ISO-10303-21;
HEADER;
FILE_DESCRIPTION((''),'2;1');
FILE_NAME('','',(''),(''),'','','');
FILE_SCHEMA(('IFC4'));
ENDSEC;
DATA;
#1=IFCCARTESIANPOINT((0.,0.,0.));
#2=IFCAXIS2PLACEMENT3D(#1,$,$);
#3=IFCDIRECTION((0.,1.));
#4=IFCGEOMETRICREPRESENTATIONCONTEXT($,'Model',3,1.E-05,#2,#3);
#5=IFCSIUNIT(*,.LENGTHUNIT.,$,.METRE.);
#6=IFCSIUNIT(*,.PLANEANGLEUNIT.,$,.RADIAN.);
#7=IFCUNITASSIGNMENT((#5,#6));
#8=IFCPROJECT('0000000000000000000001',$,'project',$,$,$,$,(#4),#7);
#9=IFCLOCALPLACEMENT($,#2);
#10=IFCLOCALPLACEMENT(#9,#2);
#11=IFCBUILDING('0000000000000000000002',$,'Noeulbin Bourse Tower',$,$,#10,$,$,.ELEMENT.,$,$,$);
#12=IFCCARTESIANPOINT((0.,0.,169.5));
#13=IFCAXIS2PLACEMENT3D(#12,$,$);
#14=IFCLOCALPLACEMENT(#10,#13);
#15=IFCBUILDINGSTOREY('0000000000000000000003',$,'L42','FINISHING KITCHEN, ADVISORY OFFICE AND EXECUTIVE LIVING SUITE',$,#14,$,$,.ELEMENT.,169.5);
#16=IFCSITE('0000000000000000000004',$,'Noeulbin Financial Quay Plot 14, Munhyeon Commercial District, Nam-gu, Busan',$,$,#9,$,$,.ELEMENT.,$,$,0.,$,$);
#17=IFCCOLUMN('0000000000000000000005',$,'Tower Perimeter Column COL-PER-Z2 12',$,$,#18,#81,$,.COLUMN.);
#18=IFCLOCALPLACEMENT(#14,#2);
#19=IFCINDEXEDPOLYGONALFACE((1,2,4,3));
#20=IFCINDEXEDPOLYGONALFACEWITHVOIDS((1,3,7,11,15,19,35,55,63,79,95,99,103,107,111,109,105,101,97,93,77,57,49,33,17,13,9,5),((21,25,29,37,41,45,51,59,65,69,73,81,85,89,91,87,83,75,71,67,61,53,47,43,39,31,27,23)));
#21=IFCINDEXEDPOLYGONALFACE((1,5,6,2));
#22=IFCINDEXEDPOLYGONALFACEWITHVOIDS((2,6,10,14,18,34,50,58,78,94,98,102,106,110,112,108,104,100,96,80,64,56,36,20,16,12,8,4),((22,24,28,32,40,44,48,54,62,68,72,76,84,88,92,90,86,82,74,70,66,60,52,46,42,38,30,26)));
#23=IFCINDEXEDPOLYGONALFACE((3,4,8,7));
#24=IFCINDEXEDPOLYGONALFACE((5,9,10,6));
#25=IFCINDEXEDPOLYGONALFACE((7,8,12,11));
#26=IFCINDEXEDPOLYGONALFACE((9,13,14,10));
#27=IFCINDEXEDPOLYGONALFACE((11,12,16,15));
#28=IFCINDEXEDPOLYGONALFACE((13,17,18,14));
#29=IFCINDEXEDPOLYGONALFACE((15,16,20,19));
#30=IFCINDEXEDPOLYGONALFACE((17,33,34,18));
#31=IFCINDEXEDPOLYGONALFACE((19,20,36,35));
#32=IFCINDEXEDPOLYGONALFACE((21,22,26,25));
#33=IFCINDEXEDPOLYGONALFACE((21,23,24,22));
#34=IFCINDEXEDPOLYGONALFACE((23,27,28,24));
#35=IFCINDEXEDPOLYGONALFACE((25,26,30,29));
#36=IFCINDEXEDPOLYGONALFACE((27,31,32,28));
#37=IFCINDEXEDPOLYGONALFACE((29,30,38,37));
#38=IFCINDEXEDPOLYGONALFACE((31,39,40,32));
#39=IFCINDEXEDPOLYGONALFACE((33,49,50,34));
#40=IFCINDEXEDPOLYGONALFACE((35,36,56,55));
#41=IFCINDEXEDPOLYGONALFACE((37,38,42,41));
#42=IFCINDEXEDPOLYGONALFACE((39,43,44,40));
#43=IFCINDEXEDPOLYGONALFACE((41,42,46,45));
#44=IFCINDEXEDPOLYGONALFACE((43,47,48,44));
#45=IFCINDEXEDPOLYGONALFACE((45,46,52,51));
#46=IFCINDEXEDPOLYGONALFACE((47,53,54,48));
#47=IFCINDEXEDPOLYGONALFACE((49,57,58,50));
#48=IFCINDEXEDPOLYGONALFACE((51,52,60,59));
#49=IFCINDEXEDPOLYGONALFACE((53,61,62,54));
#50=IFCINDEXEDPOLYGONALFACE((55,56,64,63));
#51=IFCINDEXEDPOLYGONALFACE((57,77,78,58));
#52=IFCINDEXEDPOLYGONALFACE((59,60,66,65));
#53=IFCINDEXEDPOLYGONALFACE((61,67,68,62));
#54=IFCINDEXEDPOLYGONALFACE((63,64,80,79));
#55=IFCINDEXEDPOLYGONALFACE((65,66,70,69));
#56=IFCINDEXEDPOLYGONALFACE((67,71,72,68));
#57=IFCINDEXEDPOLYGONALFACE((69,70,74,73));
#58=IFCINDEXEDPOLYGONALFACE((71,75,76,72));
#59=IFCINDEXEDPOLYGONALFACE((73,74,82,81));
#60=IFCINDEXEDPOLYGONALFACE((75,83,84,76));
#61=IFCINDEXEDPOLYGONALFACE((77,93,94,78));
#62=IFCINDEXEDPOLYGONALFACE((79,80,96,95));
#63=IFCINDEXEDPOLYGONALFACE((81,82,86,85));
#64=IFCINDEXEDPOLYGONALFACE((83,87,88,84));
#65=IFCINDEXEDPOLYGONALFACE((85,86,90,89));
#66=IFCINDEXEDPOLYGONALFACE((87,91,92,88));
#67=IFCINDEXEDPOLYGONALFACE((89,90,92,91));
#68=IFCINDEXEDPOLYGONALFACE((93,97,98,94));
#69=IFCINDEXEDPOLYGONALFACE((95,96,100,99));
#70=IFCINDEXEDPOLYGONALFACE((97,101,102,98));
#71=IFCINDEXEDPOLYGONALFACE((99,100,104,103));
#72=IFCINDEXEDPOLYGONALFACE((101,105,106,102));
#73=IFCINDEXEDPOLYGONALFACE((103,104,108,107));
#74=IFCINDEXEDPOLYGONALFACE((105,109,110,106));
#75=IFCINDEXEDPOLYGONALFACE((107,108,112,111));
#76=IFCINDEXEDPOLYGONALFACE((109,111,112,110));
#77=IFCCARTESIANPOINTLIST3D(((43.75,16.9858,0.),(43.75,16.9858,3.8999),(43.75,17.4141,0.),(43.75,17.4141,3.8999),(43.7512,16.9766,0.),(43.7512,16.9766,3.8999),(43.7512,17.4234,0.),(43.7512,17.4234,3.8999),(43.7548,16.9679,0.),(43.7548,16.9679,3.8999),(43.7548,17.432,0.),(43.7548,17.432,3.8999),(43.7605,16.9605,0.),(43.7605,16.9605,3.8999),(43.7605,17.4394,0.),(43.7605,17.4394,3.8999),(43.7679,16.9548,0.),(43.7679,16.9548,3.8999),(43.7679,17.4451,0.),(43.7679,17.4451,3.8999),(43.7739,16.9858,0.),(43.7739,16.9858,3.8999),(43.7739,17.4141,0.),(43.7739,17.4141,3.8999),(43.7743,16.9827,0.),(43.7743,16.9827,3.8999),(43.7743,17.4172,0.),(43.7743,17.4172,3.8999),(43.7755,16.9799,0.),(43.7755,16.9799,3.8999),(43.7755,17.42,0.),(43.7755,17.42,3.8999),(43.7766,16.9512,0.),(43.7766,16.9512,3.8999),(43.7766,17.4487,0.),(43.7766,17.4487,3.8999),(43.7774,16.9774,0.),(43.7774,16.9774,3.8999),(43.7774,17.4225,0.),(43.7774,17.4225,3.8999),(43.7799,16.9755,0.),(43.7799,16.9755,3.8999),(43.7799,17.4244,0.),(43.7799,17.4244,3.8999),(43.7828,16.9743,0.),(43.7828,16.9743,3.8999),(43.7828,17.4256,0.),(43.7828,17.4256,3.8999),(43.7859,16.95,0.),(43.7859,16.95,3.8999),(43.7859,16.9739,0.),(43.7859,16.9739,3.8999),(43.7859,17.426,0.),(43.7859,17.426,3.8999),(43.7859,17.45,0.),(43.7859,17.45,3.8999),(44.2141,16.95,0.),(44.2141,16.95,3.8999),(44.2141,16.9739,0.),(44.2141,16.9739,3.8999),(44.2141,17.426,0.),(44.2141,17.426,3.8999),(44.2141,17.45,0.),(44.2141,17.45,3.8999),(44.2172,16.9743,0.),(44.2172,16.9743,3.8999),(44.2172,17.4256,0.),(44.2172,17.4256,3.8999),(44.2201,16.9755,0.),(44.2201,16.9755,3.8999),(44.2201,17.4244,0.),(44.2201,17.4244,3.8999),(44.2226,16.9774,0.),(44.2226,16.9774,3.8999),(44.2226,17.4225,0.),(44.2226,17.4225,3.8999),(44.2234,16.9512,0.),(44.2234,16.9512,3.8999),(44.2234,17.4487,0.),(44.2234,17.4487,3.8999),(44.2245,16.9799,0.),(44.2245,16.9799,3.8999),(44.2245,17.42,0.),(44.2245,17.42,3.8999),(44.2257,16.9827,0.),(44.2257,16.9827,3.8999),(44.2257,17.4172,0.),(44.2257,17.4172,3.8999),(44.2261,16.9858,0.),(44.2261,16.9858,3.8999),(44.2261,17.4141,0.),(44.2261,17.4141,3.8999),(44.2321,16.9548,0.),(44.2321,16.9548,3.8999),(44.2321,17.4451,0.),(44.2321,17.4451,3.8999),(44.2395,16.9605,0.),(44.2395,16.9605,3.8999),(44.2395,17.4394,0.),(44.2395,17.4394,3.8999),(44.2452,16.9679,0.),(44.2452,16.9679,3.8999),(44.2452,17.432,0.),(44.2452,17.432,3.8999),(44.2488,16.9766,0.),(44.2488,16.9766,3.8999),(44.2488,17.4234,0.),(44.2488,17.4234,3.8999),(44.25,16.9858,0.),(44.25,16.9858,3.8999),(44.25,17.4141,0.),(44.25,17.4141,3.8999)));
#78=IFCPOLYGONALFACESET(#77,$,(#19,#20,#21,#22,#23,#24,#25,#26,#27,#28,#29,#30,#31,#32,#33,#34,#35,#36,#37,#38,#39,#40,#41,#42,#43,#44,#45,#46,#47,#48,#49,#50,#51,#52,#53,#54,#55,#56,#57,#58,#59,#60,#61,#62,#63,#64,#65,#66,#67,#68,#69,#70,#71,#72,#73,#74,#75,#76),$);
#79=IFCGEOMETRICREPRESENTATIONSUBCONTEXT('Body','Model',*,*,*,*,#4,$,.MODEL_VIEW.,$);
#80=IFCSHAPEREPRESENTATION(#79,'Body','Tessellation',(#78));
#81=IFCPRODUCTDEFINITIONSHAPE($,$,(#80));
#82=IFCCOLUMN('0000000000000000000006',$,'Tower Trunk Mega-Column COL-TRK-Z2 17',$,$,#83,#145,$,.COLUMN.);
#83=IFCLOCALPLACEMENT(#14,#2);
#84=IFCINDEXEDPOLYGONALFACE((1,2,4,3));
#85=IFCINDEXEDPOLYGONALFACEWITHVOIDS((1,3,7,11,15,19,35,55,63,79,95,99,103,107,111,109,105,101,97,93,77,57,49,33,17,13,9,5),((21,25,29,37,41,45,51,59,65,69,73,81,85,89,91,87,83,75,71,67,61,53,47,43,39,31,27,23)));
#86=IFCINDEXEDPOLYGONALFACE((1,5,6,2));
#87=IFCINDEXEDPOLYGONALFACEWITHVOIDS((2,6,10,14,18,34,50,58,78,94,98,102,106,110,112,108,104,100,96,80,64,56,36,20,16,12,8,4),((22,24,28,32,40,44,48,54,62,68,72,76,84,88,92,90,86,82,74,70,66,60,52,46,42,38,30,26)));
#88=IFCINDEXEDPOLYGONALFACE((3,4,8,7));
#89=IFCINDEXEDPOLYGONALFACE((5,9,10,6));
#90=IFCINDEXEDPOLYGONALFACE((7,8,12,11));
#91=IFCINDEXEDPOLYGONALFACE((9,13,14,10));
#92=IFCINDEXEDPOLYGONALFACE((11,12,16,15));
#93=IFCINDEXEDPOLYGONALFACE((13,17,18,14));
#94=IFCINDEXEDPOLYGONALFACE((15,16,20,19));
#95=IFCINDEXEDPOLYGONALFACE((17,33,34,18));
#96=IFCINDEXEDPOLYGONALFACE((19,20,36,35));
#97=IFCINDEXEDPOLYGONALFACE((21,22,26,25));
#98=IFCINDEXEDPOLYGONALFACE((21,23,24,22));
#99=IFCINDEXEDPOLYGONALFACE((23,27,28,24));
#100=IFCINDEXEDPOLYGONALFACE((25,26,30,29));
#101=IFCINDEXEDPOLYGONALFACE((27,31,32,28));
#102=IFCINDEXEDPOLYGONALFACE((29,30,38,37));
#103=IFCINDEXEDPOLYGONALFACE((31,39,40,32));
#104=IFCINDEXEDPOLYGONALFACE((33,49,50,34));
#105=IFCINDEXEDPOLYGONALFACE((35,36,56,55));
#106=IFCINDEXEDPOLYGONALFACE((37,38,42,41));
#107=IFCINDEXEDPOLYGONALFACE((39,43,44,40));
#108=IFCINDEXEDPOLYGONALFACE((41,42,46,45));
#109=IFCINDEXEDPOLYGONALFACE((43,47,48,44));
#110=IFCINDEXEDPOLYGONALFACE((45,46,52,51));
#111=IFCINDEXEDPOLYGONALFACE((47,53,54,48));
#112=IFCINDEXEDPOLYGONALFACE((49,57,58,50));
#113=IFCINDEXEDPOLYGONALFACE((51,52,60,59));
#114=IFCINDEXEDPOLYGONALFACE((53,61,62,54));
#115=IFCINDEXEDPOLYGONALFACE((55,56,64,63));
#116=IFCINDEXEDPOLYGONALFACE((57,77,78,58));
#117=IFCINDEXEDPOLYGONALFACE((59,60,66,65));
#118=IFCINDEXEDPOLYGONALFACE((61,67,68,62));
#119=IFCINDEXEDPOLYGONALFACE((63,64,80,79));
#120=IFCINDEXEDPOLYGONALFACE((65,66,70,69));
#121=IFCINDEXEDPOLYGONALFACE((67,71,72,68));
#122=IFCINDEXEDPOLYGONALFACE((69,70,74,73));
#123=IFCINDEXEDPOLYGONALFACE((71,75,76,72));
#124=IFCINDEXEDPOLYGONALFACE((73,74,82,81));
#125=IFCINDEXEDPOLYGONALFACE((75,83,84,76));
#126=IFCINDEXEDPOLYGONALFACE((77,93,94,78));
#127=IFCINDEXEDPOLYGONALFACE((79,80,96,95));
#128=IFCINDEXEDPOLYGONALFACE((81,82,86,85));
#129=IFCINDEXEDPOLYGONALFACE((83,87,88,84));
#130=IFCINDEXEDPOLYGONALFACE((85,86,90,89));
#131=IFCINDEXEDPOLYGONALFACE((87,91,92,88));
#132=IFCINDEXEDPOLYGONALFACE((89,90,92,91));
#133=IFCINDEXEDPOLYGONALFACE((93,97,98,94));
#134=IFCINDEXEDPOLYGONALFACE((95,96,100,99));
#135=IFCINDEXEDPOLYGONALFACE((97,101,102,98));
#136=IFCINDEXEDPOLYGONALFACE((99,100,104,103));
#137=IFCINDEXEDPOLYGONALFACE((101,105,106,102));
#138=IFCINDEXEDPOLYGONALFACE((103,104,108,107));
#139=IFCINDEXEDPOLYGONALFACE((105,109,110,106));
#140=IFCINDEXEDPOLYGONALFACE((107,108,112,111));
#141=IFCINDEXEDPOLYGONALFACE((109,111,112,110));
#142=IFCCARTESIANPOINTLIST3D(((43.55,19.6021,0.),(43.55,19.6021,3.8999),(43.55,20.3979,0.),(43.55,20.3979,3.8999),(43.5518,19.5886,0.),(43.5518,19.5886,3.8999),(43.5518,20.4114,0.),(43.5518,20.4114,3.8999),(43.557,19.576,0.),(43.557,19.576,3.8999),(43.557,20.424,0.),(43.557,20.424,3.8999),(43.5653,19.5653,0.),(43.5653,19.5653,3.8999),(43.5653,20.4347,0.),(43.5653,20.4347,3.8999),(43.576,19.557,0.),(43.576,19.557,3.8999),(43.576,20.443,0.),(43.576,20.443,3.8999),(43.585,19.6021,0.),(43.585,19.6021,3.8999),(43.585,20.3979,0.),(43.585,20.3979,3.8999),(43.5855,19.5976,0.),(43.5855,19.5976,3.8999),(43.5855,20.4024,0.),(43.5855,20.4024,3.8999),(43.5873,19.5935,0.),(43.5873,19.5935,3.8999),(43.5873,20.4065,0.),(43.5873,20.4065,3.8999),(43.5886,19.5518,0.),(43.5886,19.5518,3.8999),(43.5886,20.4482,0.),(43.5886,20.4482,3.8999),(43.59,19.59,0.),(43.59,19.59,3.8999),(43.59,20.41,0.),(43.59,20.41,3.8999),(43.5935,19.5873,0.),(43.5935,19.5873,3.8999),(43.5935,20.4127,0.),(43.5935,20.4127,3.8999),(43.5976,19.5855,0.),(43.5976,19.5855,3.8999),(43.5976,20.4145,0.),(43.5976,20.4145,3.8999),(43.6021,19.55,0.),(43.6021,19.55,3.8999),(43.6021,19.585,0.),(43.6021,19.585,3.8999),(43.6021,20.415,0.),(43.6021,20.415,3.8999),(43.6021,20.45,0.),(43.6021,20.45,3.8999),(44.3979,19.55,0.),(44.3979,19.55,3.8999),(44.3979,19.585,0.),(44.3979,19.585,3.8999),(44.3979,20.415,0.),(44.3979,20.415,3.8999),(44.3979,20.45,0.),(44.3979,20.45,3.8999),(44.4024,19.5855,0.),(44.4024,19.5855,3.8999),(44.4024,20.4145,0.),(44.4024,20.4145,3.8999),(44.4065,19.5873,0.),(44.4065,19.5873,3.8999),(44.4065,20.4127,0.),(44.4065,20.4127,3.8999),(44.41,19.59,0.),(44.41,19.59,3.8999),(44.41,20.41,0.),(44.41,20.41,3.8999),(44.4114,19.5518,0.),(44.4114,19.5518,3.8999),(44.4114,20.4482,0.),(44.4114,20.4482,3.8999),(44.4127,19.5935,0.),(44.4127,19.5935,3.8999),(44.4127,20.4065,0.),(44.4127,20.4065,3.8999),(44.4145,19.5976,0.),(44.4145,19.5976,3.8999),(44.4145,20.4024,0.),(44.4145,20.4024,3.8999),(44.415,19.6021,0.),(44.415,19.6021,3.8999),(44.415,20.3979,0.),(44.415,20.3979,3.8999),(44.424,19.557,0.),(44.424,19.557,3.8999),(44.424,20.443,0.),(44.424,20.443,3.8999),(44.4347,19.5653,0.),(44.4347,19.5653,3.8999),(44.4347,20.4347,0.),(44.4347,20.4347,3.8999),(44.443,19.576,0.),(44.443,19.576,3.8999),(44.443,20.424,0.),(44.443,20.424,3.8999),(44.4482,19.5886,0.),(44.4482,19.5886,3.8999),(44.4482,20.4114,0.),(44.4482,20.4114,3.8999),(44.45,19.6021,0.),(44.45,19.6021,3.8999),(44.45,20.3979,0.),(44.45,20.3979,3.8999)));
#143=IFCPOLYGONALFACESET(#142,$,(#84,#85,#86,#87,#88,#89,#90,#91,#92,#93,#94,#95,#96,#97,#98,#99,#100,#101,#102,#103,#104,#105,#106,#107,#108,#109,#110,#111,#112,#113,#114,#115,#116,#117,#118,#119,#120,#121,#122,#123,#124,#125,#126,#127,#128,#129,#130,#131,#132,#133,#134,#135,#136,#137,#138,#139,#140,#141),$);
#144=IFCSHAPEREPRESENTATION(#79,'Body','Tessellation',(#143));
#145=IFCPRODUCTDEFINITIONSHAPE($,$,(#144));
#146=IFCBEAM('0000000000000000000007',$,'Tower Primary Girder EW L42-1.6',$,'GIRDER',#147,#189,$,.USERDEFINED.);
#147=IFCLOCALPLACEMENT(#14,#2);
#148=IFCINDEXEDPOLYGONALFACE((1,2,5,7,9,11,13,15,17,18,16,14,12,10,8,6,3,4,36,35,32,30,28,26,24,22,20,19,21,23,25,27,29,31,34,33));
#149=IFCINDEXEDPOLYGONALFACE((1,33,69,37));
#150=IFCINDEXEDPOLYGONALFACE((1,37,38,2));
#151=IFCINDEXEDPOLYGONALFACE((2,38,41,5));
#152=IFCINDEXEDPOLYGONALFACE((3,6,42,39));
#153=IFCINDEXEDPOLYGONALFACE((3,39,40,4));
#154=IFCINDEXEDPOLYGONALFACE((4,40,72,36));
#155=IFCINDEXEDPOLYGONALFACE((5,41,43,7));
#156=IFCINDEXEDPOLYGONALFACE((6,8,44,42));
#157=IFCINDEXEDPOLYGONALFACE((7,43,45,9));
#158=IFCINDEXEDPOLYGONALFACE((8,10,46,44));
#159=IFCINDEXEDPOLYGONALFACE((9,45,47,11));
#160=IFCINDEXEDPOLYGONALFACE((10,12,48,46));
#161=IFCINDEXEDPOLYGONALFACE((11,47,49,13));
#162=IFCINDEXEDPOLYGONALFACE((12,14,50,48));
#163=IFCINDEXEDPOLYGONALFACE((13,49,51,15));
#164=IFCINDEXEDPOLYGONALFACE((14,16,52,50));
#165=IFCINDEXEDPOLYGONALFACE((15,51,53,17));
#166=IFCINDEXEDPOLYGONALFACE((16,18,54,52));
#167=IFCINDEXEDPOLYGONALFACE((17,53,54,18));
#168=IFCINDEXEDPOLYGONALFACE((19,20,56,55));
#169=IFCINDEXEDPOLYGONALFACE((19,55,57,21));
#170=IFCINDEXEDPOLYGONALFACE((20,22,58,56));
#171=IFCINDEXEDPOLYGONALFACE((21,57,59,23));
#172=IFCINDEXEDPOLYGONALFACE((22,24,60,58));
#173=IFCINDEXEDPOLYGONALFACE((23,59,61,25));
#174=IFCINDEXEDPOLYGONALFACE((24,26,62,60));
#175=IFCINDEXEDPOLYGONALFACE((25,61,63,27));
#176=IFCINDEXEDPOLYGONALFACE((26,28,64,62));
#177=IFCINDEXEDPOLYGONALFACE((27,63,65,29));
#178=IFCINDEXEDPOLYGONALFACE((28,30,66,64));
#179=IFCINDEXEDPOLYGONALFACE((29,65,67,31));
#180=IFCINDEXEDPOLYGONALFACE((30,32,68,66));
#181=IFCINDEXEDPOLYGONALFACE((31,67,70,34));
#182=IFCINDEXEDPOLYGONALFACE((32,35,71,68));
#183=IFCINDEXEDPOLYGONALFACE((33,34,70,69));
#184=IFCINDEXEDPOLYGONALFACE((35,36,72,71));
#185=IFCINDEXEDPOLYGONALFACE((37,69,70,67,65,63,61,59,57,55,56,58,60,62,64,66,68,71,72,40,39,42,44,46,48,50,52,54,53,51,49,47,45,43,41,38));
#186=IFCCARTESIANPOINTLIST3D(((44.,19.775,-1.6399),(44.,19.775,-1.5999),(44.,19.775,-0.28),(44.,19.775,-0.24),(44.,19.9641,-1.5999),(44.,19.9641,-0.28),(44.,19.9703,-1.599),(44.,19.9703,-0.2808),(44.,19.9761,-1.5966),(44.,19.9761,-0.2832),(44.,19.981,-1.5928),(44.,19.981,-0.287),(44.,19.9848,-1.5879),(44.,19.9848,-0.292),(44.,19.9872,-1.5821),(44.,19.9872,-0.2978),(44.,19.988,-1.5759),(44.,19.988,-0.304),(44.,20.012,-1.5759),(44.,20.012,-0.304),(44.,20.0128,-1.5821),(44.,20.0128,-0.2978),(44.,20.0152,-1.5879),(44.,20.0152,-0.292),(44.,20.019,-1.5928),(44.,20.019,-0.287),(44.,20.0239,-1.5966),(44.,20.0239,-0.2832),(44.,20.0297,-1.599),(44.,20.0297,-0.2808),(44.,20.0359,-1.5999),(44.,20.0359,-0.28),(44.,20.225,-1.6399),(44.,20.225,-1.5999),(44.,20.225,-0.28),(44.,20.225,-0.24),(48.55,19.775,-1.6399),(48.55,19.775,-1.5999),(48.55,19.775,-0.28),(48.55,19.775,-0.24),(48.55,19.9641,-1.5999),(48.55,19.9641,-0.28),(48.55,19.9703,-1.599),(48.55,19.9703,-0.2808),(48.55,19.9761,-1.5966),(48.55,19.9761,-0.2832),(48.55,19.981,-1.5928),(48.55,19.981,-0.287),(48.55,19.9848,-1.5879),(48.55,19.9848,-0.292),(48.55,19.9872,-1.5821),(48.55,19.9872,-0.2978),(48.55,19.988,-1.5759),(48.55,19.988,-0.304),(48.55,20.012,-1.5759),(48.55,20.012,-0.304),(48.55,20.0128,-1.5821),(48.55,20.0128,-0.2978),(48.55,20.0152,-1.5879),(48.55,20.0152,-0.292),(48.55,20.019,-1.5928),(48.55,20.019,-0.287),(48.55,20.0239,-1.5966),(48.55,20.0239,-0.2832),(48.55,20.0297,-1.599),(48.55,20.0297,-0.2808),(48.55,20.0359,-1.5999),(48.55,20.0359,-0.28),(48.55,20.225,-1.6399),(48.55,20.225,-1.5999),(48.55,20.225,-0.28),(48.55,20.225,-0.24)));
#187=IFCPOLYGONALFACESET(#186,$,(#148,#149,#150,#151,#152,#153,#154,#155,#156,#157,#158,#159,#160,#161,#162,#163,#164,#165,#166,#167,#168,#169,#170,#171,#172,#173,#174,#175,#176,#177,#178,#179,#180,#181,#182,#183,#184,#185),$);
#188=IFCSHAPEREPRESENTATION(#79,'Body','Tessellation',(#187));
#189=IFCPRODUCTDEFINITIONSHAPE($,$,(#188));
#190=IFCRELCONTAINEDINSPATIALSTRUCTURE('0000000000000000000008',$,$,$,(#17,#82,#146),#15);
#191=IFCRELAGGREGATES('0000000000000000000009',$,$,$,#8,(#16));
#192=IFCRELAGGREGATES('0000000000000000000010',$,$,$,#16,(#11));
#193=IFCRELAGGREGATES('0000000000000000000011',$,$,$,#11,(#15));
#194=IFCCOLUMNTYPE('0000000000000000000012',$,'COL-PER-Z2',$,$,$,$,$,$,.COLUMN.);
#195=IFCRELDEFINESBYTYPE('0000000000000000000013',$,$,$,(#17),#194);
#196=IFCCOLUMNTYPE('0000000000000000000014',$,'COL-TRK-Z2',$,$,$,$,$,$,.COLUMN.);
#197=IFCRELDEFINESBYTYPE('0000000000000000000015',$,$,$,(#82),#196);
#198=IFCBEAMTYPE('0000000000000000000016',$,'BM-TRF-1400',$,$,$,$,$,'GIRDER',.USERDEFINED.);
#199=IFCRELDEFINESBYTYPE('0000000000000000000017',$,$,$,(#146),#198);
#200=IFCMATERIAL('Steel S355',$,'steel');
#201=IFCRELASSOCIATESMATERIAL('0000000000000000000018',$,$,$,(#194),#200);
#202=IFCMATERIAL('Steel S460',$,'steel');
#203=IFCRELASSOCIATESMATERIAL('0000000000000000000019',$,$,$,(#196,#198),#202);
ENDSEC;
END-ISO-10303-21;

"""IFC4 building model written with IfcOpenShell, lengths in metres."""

from ifc_helpers import new_model, si_unit, direction, frame, origin, origin_2d, place, context, subcontext, project, spatial, hollow_rectangle, i_section, extrude, material, material_profile, profile_set, type_object, element, save


model = new_model("IFC4")

# Units and contexts
model_context = context("Model", 3, precision=1e-05, world=origin(), true_north=direction((0.0, 1.0)))
body_context = subcontext(model_context, "Body", "Model", "MODEL_VIEW")
ifc_project = project(units=[si_unit("LENGTHUNIT", "METRE"), si_unit("PLANEANGLEUNIT", "RADIAN")], contexts=[model_context])

# Site, building, storey
site_placement = place(None, origin())
site = spatial("IfcSite", under=ifc_project, at=site_placement, Name="Noeulbin Financial Quay Plot 14, Munhyeon Commercial District, Nam-gu, Busan", CompositionType="ELEMENT", RefElevation=0.0)
building_placement = place(site_placement, origin())
building = spatial("IfcBuilding", under=site, at=building_placement, Name="Noeulbin Bourse Tower", CompositionType="ELEMENT")
storey_placement = place(building_placement, frame((0.0, 0.0, 169.5)))
storey = spatial("IfcBuildingStorey", under=building, at=storey_placement, Name="L42", Description="FINISHING KITCHEN, ADVISORY OFFICE AND EXECUTIVE LIVING SUITE", CompositionType="ELEMENT", Elevation=169.5)

# Columns
ifc_material_1 = material(Name="Steel S355", Category="steel")
ifc_material_profile_1 = material_profile(ifc_material_1, hollow_rectangle(XDim=0.5, YDim=0.5, WallThickness=0.0239, InnerFilletRadius=0.012, OuterFilletRadius=0.0359, at=origin_2d()), Name="BOX-500x500x24", Category="LoadBearing")
ifc_profile_set_1 = profile_set([ifc_material_profile_1], Name="Steel S355")
column_type_1 = type_object("IfcColumnType", Name="COL-PER-Z2", PredefinedType="COLUMN", material=ifc_profile_set_1)
column_1_placement = place(storey_placement, frame((44.0, 17.2, 0.0), z_axis=(0.0, 0.0, 1.0), x_axis=(1.0, 0.0, 0.0)))
element("IfcColumn", 1, at=column_1_placement, inside=storey, type_object=column_type_1, Name="Tower Perimeter Column COL-PER-Z2 12", PredefinedType="COLUMN", context=body_context, shape_type="SweptSolid", body=[
    extrude(hollow_rectangle(XDim=0.5, YDim=0.5, WallThickness=0.0239, InnerFilletRadius=0.012, OuterFilletRadius=0.0359, at=origin_2d()), origin(), (0.0, 0.0, 1.0), 3.8999),
])
ifc_material_2 = material(Name="Steel S460", Category="steel")
ifc_material_profile_2 = material_profile(ifc_material_2, hollow_rectangle(XDim=0.8999, YDim=0.8999, WallThickness=0.0349, InnerFilletRadius=0.0171, OuterFilletRadius=0.052, at=origin_2d()), Name="BOX-900x900x35", Category="LoadBearing")
ifc_profile_set_2 = profile_set([ifc_material_profile_2], Name="Steel S460")
column_type_2 = type_object("IfcColumnType", Name="COL-TRK-Z2", PredefinedType="COLUMN", material=ifc_profile_set_2)
column_2_placement = place(storey_placement, frame((44.0, 20.0, 0.0), z_axis=(0.0, 0.0, 1.0), x_axis=(1.0, 0.0, 0.0)))
element("IfcColumn", 2, at=column_2_placement, inside=storey, type_object=column_type_2, Name="Tower Trunk Mega-Column COL-TRK-Z2 17", PredefinedType="COLUMN", context=body_context, shape_type="SweptSolid", body=[
    extrude(hollow_rectangle(XDim=0.8999, YDim=0.8999, WallThickness=0.0349, InnerFilletRadius=0.0171, OuterFilletRadius=0.052, at=origin_2d()), origin(), (0.0, 0.0, 1.0), 3.8999),
])

# Beam
ifc_material_profile_3 = material_profile(ifc_material_2, i_section(OverallWidth=0.45, OverallDepth=1.3999, WebThickness=0.0239, FlangeThickness=0.04, FilletRadius=0.0239, at=origin_2d()), Name="PG-1400x450x24x40", Category="LoadBearing")
ifc_profile_set_3 = profile_set([ifc_material_profile_3], Name="Steel S460")
beam_type = type_object("IfcBeamType", Name="BM-TRF-1400", ElementType="GIRDER", PredefinedType="USERDEFINED", material=ifc_profile_set_3)
beam_1_placement = place(storey_placement, frame((44.0, 20.0, -0.9399), z_axis=(1.0, 0.0, 0.0), x_axis=(0.0, 1.0, 0.0)))
element("IfcBeam", 3, at=beam_1_placement, inside=storey, type_object=beam_type, Name="Tower Primary Girder EW L42-1.6", ObjectType="GIRDER", PredefinedType="USERDEFINED", context=body_context, shape_type="SweptSolid", body=[
    extrude(i_section(OverallWidth=0.45, OverallDepth=1.3999, WebThickness=0.0239, FlangeThickness=0.04, FilletRadius=0.0239, at=origin_2d()), origin(), (0.0, 0.0, 1.0), 4.55),
])

save(model, "model.ifc")
